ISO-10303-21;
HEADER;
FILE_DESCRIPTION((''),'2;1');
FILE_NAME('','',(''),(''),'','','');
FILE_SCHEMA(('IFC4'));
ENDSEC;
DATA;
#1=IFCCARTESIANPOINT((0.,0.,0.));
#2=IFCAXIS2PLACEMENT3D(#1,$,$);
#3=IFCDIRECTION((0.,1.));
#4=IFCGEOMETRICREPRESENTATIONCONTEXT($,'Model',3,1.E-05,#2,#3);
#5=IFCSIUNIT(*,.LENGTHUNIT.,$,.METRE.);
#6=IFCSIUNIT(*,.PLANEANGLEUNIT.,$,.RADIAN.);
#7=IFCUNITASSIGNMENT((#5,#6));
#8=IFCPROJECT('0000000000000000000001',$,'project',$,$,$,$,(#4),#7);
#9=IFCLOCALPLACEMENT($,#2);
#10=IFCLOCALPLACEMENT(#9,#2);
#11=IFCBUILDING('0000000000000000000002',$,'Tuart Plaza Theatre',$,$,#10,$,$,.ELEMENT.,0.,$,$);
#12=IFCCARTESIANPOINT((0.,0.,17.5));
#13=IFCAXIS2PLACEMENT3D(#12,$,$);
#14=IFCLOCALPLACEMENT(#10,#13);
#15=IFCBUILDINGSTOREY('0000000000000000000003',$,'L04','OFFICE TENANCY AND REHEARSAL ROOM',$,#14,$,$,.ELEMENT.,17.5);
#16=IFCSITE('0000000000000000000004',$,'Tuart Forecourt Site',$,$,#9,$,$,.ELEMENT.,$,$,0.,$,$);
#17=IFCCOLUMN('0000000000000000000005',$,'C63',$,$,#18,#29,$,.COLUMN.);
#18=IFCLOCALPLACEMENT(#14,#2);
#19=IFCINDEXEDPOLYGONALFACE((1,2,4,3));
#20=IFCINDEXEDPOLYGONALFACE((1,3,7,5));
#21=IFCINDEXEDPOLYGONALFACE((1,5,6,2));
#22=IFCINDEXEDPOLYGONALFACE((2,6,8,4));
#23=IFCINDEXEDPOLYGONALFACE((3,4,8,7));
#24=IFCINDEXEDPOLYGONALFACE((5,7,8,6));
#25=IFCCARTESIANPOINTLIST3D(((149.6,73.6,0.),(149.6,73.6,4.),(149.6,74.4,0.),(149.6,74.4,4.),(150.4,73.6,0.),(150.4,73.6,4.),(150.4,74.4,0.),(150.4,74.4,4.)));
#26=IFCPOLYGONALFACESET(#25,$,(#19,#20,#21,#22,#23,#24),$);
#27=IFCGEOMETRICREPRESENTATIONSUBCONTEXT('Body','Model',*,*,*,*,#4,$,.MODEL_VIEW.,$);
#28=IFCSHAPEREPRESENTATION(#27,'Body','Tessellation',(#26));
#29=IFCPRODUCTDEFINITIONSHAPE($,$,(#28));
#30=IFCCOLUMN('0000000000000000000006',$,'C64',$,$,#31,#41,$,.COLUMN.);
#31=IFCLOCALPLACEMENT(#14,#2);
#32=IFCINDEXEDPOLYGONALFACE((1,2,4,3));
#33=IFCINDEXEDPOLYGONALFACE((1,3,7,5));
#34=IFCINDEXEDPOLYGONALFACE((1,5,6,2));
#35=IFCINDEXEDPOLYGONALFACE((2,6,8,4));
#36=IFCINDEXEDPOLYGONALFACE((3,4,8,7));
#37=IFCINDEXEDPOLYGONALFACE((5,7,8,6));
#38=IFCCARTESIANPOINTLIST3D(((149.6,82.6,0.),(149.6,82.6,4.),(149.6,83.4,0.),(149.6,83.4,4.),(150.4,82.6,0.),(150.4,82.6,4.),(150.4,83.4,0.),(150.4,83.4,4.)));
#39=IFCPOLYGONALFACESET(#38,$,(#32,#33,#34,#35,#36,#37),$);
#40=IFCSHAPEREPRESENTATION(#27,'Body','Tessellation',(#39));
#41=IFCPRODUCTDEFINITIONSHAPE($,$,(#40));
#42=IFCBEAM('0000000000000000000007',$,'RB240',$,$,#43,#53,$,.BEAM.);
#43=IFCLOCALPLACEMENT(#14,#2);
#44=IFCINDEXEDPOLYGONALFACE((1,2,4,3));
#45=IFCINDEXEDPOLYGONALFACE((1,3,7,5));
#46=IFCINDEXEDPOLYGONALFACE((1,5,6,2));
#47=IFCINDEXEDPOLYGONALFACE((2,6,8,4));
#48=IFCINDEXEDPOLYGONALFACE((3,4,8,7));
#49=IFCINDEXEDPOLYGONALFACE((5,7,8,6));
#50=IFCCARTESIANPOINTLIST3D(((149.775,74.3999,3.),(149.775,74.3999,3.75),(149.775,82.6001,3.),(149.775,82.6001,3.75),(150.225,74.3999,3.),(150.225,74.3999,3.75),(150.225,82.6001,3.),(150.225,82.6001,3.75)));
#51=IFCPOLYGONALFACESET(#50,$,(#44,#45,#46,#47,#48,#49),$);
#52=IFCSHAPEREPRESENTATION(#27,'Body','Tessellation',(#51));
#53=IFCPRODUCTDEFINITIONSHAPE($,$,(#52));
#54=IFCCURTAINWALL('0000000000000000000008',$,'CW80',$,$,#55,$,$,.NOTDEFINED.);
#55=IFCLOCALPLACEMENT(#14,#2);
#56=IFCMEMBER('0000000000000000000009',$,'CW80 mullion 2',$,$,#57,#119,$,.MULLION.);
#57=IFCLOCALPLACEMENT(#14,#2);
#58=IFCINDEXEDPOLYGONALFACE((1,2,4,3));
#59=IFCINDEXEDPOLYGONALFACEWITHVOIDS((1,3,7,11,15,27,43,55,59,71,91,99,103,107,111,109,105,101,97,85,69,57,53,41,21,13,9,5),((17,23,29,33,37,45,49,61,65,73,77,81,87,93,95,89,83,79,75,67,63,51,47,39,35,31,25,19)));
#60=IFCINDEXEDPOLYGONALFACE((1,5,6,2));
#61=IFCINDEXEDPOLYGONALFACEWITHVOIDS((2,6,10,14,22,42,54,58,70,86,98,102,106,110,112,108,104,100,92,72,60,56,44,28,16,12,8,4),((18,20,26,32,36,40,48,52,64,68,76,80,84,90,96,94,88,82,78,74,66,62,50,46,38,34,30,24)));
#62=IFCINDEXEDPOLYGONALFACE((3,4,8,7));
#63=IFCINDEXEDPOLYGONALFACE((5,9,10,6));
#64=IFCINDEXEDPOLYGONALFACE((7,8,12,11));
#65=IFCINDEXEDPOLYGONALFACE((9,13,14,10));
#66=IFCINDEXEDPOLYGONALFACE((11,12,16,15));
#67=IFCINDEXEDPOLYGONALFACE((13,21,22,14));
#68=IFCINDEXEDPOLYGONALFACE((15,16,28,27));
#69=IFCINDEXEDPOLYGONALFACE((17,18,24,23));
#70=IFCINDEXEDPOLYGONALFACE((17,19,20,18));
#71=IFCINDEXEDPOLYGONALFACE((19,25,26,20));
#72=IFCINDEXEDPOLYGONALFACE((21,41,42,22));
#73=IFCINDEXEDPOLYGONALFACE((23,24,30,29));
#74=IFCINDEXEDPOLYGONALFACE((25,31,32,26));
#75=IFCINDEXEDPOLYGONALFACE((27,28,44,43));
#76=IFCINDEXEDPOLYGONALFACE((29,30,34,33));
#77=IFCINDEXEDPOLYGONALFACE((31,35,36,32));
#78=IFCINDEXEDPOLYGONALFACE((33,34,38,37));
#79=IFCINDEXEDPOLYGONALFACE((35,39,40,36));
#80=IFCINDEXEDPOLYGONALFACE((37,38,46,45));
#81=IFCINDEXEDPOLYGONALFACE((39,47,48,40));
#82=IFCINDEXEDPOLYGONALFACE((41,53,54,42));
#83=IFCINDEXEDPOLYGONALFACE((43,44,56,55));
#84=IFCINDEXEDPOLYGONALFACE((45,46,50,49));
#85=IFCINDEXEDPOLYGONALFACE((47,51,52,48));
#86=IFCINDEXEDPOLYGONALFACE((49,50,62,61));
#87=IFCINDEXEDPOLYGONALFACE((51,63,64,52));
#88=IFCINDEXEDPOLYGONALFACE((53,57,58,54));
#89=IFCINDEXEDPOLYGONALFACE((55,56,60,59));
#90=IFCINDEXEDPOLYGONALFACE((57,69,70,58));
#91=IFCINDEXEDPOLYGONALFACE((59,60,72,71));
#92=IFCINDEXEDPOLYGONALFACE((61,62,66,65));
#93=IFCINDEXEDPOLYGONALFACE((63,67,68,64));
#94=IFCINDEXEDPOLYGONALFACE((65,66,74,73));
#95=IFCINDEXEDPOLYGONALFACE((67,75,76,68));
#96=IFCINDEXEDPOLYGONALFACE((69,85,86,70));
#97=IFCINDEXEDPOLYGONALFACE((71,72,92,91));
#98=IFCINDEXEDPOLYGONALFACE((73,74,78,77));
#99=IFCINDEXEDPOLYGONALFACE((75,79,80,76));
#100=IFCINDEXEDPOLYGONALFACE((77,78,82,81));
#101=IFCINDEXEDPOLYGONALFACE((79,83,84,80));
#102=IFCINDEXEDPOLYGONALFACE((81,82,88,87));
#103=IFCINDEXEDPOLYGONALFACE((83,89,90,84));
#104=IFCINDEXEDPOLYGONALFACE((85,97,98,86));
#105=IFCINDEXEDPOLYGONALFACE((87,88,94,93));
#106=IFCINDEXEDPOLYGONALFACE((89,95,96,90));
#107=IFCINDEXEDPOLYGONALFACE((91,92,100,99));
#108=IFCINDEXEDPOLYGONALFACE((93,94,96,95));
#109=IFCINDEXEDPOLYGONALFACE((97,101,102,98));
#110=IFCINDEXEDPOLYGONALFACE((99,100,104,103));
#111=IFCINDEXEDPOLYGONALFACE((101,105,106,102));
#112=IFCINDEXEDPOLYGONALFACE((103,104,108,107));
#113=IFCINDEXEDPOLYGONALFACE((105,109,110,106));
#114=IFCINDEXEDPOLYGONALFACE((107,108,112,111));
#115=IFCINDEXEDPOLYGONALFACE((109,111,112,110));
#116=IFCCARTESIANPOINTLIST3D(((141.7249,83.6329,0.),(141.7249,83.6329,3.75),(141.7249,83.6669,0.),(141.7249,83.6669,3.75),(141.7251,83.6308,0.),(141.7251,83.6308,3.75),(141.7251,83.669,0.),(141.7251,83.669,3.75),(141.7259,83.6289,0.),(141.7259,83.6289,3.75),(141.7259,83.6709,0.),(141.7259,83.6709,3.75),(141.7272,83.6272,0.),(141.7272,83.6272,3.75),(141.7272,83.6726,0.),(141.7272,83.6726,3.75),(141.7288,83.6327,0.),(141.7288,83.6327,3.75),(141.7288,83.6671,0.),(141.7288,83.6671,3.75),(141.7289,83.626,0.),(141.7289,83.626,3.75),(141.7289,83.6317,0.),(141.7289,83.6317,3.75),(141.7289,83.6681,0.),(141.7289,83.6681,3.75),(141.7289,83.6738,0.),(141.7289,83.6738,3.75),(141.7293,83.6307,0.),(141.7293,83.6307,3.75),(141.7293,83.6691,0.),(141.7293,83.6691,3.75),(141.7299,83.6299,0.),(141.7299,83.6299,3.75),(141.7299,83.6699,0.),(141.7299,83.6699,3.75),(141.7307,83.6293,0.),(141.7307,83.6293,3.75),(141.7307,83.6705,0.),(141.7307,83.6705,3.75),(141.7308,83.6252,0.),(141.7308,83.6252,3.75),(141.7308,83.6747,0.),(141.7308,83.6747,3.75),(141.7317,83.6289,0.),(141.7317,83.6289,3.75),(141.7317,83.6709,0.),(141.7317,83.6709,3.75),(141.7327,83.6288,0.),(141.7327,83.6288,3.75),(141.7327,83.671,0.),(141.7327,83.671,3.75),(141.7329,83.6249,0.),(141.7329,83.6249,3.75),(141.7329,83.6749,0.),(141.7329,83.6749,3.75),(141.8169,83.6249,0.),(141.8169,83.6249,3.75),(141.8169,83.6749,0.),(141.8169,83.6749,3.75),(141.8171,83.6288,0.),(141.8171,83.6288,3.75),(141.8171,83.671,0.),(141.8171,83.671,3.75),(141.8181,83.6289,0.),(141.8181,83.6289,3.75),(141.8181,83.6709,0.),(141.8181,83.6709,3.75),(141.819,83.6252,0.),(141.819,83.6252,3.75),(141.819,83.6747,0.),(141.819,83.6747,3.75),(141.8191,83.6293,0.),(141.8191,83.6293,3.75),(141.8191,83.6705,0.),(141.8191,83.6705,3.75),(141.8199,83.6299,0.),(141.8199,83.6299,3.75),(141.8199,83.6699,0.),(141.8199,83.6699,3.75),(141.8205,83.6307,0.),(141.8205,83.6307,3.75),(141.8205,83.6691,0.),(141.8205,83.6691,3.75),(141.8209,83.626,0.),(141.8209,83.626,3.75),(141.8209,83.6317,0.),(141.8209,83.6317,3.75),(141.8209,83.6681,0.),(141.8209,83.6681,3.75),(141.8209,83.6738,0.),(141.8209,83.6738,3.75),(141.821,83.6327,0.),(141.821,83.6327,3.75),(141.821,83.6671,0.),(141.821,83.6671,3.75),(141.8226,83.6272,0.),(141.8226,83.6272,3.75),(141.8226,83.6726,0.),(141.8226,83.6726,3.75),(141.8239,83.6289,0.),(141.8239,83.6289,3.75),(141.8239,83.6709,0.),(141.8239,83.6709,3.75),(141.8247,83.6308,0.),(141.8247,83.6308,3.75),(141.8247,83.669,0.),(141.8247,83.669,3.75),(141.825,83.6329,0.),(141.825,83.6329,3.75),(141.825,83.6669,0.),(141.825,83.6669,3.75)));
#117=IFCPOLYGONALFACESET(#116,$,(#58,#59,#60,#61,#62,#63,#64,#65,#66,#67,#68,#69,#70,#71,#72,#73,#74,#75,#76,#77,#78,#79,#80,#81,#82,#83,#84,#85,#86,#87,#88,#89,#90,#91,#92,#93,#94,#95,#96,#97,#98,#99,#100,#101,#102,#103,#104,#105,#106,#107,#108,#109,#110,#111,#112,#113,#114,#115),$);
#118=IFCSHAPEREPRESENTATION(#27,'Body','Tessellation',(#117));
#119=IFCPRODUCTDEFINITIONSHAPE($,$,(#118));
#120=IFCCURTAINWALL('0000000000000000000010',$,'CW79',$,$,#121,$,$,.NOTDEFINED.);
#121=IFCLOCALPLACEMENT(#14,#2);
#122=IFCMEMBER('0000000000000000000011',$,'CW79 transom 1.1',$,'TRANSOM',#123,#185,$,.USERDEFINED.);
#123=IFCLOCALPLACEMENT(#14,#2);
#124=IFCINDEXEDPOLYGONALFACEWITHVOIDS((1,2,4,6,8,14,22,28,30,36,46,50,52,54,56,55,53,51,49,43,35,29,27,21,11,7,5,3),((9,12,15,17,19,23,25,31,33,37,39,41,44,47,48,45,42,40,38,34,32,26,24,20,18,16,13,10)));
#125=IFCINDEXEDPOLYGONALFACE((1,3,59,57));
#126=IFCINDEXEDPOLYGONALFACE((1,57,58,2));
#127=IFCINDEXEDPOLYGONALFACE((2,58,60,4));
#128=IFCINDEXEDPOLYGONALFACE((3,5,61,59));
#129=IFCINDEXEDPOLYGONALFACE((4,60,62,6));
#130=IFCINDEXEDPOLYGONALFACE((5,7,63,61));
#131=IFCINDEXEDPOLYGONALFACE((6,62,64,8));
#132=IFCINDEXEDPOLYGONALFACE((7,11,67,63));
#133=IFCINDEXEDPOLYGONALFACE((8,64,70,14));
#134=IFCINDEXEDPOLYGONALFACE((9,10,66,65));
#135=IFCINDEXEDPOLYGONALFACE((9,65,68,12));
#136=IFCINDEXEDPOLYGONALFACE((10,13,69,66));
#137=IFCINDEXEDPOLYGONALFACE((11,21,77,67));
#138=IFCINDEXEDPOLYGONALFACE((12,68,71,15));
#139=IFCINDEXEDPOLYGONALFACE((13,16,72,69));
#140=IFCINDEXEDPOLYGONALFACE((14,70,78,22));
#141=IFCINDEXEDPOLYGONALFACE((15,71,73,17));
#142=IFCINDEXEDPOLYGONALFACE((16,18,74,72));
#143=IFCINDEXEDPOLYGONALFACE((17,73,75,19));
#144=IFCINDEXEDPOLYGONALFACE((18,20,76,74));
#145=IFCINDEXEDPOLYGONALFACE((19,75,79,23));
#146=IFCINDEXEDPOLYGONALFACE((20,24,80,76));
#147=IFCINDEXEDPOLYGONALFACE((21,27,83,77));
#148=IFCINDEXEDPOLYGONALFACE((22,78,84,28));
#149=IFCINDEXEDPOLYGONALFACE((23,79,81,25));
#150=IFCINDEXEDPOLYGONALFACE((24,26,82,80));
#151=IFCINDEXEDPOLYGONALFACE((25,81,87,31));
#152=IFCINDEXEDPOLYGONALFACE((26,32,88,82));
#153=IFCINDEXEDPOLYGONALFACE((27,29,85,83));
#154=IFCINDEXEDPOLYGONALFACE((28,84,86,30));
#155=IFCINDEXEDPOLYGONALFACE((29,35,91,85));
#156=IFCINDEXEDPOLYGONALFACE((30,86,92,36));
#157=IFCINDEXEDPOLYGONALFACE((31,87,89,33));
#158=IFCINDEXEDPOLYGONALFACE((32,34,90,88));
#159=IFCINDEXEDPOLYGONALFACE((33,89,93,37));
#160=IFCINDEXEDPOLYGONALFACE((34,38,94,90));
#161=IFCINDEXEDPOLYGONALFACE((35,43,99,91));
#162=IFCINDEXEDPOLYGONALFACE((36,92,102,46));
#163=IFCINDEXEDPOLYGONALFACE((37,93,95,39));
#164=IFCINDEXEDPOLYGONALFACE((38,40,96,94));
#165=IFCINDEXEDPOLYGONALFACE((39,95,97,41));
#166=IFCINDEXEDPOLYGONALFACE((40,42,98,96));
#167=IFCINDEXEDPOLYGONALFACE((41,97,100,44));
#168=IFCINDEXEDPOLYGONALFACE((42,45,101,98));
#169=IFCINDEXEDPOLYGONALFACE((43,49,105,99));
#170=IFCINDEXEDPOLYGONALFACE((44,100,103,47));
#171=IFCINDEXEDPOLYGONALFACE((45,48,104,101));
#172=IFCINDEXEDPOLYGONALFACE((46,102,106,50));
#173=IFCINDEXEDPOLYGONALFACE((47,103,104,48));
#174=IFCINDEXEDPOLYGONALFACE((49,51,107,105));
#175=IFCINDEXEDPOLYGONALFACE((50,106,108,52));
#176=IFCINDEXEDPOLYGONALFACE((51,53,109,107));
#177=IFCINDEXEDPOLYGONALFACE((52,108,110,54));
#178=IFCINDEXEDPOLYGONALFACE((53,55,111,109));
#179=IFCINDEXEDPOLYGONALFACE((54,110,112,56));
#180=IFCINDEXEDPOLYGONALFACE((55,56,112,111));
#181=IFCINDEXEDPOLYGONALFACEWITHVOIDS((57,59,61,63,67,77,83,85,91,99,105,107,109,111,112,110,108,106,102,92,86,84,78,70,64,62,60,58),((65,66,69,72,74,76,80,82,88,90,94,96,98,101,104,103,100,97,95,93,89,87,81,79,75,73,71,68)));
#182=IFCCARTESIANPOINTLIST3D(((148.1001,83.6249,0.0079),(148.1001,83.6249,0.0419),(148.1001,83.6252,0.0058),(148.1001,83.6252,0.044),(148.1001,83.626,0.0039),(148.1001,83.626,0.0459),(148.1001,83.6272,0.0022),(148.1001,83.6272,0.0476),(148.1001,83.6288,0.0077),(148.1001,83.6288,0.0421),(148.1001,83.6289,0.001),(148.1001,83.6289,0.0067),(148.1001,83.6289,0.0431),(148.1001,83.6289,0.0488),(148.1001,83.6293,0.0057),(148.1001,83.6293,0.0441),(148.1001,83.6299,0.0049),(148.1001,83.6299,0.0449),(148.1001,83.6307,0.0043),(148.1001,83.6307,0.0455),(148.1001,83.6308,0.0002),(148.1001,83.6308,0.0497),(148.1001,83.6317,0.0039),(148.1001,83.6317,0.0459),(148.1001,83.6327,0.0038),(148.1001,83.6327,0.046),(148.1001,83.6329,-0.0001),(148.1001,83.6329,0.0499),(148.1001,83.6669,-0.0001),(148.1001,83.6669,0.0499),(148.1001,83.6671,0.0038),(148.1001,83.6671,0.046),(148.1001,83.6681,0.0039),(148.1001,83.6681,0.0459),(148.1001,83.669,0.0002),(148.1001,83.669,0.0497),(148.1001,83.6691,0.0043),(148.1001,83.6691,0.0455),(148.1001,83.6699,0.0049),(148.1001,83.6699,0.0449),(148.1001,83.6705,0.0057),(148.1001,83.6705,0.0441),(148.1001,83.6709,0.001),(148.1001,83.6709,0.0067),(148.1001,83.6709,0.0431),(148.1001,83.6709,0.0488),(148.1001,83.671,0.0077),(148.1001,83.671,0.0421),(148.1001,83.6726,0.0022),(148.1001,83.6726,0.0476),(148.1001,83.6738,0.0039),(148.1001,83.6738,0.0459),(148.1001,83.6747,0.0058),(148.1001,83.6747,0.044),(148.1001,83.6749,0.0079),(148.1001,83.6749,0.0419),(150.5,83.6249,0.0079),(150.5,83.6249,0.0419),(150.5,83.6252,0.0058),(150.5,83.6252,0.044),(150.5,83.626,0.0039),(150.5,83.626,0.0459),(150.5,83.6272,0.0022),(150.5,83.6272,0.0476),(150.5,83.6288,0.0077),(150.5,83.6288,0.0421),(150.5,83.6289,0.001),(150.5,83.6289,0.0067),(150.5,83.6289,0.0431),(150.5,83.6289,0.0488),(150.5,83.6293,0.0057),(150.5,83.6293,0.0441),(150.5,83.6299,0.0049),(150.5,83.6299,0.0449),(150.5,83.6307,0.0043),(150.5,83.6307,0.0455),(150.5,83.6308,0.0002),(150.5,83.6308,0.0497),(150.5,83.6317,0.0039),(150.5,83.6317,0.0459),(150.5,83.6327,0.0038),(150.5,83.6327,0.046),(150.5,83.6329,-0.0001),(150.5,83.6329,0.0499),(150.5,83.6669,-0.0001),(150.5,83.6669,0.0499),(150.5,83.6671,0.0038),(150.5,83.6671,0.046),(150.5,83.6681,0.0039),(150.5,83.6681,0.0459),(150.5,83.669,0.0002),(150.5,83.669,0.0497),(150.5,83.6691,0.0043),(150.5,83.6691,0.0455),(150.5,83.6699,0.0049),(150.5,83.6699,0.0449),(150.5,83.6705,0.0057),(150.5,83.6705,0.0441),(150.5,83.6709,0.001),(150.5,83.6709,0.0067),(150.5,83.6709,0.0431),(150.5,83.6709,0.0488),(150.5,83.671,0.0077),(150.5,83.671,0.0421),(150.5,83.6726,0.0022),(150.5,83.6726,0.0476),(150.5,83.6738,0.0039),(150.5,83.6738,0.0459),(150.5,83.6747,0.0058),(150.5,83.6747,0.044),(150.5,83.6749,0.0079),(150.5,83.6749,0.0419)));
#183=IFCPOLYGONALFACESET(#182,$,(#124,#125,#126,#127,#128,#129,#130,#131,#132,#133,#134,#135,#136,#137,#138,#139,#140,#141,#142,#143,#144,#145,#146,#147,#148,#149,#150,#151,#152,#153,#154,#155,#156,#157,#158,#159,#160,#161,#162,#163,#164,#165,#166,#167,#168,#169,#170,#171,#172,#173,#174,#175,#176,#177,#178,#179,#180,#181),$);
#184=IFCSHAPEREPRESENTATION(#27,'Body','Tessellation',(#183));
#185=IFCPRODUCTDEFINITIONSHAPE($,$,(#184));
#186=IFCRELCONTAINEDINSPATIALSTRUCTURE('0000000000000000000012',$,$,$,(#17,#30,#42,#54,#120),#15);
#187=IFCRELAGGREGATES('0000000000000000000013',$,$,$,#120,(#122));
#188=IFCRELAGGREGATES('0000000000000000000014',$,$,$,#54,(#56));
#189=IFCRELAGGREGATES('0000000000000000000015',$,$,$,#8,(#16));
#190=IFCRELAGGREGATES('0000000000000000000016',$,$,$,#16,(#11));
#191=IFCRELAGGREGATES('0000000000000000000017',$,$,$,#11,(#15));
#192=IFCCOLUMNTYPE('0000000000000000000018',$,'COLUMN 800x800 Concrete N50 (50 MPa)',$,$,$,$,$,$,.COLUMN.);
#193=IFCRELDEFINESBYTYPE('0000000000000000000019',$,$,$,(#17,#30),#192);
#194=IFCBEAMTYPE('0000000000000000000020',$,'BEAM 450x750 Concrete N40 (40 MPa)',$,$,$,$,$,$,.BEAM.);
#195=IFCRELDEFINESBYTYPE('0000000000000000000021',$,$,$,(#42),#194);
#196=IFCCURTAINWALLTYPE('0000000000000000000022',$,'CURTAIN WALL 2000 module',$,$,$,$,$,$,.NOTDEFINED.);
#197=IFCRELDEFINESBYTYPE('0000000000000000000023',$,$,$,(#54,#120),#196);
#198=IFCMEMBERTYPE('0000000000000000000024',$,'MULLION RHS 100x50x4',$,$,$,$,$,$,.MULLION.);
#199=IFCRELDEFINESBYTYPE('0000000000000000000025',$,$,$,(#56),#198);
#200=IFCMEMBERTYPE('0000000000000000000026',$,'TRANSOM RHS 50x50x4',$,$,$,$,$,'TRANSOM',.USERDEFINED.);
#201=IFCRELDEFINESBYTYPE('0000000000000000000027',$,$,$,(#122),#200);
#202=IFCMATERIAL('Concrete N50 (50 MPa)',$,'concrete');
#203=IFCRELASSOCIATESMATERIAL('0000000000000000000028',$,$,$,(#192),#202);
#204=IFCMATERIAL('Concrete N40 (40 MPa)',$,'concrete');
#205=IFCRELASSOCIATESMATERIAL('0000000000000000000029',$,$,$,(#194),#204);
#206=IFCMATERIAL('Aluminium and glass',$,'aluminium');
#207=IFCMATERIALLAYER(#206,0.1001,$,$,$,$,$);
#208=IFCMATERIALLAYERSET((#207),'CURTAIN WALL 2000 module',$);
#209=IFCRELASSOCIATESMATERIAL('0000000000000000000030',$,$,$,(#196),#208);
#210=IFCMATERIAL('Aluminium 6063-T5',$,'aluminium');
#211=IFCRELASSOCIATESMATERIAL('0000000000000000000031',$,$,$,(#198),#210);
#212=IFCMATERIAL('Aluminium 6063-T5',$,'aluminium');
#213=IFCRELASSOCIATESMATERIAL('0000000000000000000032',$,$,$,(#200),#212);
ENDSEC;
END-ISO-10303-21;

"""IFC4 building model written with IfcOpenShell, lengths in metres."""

from ifc_helpers import new_model, si_unit, direction, frame, origin, origin_2d, place, context, subcontext, project, spatial, rectangle, hollow_rectangle, extrude, material, layer, layer_set, material_profile, profile_set, type_object, element, aggregate, save


model = new_model("IFC4")

# Units and contexts
model_context = context("Model", 3, precision=1e-05, world=origin(), true_north=direction((0.0, 1.0)))
body_context = subcontext(model_context, "Body", "Model", "MODEL_VIEW")
ifc_project = project(units=[si_unit("LENGTHUNIT", "METRE"), si_unit("PLANEANGLEUNIT", "RADIAN")], contexts=[model_context])

# Site, building, storey
site_placement = place(None, origin())
site = spatial("IfcSite", under=ifc_project, at=site_placement, Name="Tuart Forecourt Site", CompositionType="ELEMENT", RefElevation=0.0)
building_placement = place(site_placement, origin())
building = spatial("IfcBuilding", under=site, at=building_placement, Name="Tuart Plaza Theatre", CompositionType="ELEMENT", ElevationOfRefHeight=0.0)
storey_placement = place(building_placement, frame((0.0, 0.0, 17.5)))
storey = spatial("IfcBuildingStorey", under=building, at=storey_placement, Name="L04", Description="OFFICE TENANCY AND REHEARSAL ROOM", CompositionType="ELEMENT", Elevation=17.5)

# Columns
ifc_material_1 = material(Name="Concrete N50 (50 MPa)", Category="concrete")
ifc_material_profile_1 = material_profile(ifc_material_1, rectangle(XDim=0.8, YDim=0.8, at=origin_2d()), Name="COLUMN 800x800 Concrete N50 (50 MPa)")
ifc_profile_set_1 = profile_set([ifc_material_profile_1], Name="Concrete N50 (50 MPa)")
column_type = type_object("IfcColumnType", Name="COLUMN 800x800 Concrete N50 (50 MPa)", PredefinedType="COLUMN", material=ifc_profile_set_1)
for number, where, z_axis, x_axis, name in (
    (1, (150.0, 74.0, 0.0), (0.0, 0.0, 1.0), (1.0, 0.0, 0.0), "C63"),
    (2, (150.0, 83.0, 0.0), (0.0, 0.0, 1.0), (1.0, 0.0, 0.0), "C64"),
):
    element("IfcColumn", number, at=place(storey_placement, frame(where, z_axis=z_axis, x_axis=x_axis)), inside=storey, type_object=column_type, Name=name, PredefinedType="COLUMN", context=body_context, shape_type="SweptSolid", body=[
        extrude(rectangle(XDim=0.8, YDim=0.8, at=origin_2d()), origin(), (0.0, 0.0, 1.0), 4.0),
    ])

# Beam
ifc_material_2 = material(Name="Concrete N40 (40 MPa)", Category="concrete")
ifc_material_profile_2 = material_profile(ifc_material_2, rectangle(XDim=0.45, YDim=0.75, at=origin_2d()), Name="BEAM 450x750 Concrete N40 (40 MPa)")
ifc_profile_set_2 = profile_set([ifc_material_profile_2], Name="Concrete N40 (40 MPa)")
beam_type = type_object("IfcBeamType", Name="BEAM 450x750 Concrete N40 (40 MPa)", PredefinedType="BEAM", material=ifc_profile_set_2)
beam_placement = place(storey_placement, frame((150.0, 74.3999, 3.375), z_axis=(0.0, 1.0, 0.0), x_axis=(-1.0, 0.0, 0.0)))
element("IfcBeam", 3, at=beam_placement, inside=storey, type_object=beam_type, Name="RB240", PredefinedType="BEAM", context=body_context, shape_type="SweptSolid", body=[
    extrude(rectangle(XDim=0.45, YDim=0.75, at=origin_2d()), origin(), (0.0, 0.0, 1.0), 8.2002),
])

# Curtain wall, member
ifc_material_3 = material(Name="Aluminium and glass", Category="aluminium")
ifc_layer_1 = layer(ifc_material_3, 0.1001)
ifc_layer_set_1 = layer_set([ifc_layer_1], Name="CURTAIN WALL 2000 module")
curtain_wall_type = type_object("IfcCurtainWallType", Name="CURTAIN WALL 2000 module", PredefinedType="NOTDEFINED", material=ifc_layer_set_1)
curtain_wall_1_placement = place(storey_placement, origin())
curtain_wall_1 = element("IfcCurtainWall", 4, at=curtain_wall_1_placement, inside=storey, type_object=curtain_wall_type, Name="CW80", PredefinedType="NOTDEFINED")
ifc_material_4 = material(Name="Aluminium 6063-T5", Category="aluminium")
ifc_material_profile_3 = material_profile(ifc_material_4, hollow_rectangle(XDim=0.05, YDim=0.1001, WallThickness=0.0039, InnerFilletRadius=0.0039, OuterFilletRadius=0.0081, at=origin_2d()), Name="RHS 100x50x4")
ifc_profile_set_3 = profile_set([ifc_material_profile_3], Name="Aluminium 6063-T5")
member_type_1 = type_object("IfcMemberType", Name="MULLION RHS 100x50x4", PredefinedType="MULLION", material=ifc_profile_set_3)
member_1_placement = place(storey_placement, frame((141.7749, 83.6499, 0.0), z_axis=(0.0, 0.0, 1.0), x_axis=(0.0, -1.0, 0.0)))
member_1 = element("IfcMember", 5, at=member_1_placement, type_object=member_type_1, Name="CW80 mullion 2", PredefinedType="MULLION", context=body_context, shape_type="SweptSolid", body=[
    extrude(hollow_rectangle(XDim=0.05, YDim=0.1001, WallThickness=0.0039, InnerFilletRadius=0.0039, OuterFilletRadius=0.0081, at=origin_2d()), origin(), (0.0, 0.0, 1.0), 3.75),
])

# Curtain wall, member
curtain_wall_2_placement = place(storey_placement, origin())
curtain_wall_2 = element("IfcCurtainWall", 6, at=curtain_wall_2_placement, inside=storey, type_object=curtain_wall_type, Name="CW79", PredefinedType="NOTDEFINED")
ifc_material_5 = material(Name="Aluminium 6063-T5", Category="aluminium")
ifc_material_profile_4 = material_profile(ifc_material_5, hollow_rectangle(XDim=0.05, YDim=0.05, WallThickness=0.0039, InnerFilletRadius=0.0039, OuterFilletRadius=0.0081, at=origin_2d()), Name="RHS 50x50x4")
ifc_profile_set_4 = profile_set([ifc_material_profile_4], Name="Aluminium 6063-T5")
member_type_2 = type_object("IfcMemberType", Name="TRANSOM RHS 50x50x4", ElementType="TRANSOM", PredefinedType="USERDEFINED", material=ifc_profile_set_4)
member_2_placement = place(storey_placement, frame((150.5, 83.6499, 0.0249), z_axis=(-1.0, 0.0, 0.0), x_axis=(0.0, -1.0, 0.0)))
member_2 = element("IfcMember", 7, at=member_2_placement, type_object=member_type_2, Name="CW79 transom 1.1", ObjectType="TRANSOM", PredefinedType="USERDEFINED", context=body_context, shape_type="SweptSolid", body=[
    extrude(hollow_rectangle(XDim=0.05, YDim=0.05, WallThickness=0.0039, InnerFilletRadius=0.0039, OuterFilletRadius=0.0081, at=origin_2d()), origin(), (0.0, 0.0, 1.0), 2.3999),
])

aggregate(curtain_wall_2, [member_2])
aggregate(curtain_wall_1, [member_1])

save(model, "model.ifc")
